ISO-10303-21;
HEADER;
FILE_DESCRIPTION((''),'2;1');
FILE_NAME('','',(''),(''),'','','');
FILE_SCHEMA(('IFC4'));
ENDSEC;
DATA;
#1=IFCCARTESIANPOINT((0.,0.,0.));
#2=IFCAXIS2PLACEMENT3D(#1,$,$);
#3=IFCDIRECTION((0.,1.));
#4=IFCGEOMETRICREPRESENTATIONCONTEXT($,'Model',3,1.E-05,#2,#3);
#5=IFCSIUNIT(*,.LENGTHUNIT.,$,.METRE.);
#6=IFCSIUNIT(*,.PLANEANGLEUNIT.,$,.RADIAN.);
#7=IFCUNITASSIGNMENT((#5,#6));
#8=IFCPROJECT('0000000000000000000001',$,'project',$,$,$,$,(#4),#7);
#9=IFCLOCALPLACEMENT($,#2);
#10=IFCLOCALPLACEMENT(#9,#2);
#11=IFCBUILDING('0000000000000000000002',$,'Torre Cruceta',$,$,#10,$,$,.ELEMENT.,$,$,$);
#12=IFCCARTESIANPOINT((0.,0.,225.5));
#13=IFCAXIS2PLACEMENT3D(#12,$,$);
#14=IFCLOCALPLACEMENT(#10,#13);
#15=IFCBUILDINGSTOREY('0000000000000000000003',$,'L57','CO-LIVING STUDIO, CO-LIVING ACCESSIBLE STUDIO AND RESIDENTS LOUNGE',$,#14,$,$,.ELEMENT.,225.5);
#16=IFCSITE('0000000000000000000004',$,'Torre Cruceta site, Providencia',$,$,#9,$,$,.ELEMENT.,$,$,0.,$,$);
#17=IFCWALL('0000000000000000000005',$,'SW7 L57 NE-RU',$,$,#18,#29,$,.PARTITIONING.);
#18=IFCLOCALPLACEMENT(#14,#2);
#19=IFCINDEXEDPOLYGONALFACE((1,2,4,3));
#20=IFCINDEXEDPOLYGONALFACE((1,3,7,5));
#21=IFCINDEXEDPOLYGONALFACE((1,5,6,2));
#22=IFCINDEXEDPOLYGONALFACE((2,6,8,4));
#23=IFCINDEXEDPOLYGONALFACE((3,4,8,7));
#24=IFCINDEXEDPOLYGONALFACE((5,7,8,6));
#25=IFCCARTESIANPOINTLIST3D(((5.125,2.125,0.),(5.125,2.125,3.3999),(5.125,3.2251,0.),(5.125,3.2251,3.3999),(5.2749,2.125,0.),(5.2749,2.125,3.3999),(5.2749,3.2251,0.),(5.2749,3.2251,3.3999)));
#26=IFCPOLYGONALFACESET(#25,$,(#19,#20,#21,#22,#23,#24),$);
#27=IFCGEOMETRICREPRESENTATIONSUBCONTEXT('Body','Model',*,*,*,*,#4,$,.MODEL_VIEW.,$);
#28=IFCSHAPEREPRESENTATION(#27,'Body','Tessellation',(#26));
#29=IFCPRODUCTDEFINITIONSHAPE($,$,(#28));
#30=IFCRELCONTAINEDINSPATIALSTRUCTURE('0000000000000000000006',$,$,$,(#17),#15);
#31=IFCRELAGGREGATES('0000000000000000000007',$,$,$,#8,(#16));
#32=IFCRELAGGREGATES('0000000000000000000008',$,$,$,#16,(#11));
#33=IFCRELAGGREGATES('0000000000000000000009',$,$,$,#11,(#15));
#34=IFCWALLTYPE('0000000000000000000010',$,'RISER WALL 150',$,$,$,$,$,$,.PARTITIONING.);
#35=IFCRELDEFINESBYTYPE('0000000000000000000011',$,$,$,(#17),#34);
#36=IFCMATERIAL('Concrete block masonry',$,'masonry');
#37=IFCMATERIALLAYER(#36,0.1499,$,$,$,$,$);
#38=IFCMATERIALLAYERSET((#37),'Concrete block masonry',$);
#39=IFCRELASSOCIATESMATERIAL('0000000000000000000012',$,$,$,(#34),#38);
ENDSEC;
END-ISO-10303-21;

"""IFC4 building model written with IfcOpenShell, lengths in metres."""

from ifc_helpers import new_model, si_unit, direction, frame, frame_2d, origin, place, context, subcontext, project, spatial, rectangle, extrude, material, layer, layer_set, type_object, element, save


model = new_model("IFC4")

# Units and contexts
model_context = context("Model", 3, precision=1e-05, world=origin(), true_north=direction((0.0, 1.0)))
body_context = subcontext(model_context, "Body", "Model", "MODEL_VIEW")
ifc_project = project(units=[si_unit("LENGTHUNIT", "METRE"), si_unit("PLANEANGLEUNIT", "RADIAN")], contexts=[model_context])

# Site, building, storey
site_placement = place(None, origin())
site = spatial("IfcSite", under=ifc_project, at=site_placement, Name="Torre Cruceta site, Providencia", CompositionType="ELEMENT", RefElevation=0.0)
building_placement = place(site_placement, origin())
building = spatial("IfcBuilding", under=site, at=building_placement, Name="Torre Cruceta", CompositionType="ELEMENT")
storey_placement = place(building_placement, frame((0.0, 0.0, 225.5)))
storey = spatial("IfcBuildingStorey", under=building, at=storey_placement, Name="L57", Description="CO-LIVING STUDIO, CO-LIVING ACCESSIBLE STUDIO AND RESIDENTS LOUNGE", CompositionType="ELEMENT", Elevation=225.5)

# Shared definitions
ifc_material_1 = material(Name="Concrete block masonry", Category="masonry")
ifc_layer_1 = layer(ifc_material_1, 0.1499)
ifc_layer_set_1 = layer_set([ifc_layer_1], Name="Concrete block masonry")
wall_type_1 = type_object("IfcWallType", Name="RISER WALL 150", PredefinedType="PARTITIONING", material=ifc_layer_set_1)

# Wall
wall_1_placement = place(storey_placement, frame((5.2, 2.125, 0.0), z_axis=(0.0, 0.0, 1.0), x_axis=(0.0, 1.0, 0.0)))
element("IfcWall", 1, at=wall_1_placement, inside=storey, type_object=wall_type_1, Name="SW7 L57 NE-RU", PredefinedType="PARTITIONING", context=body_context, shape_type="SweptSolid", body=[
    extrude(rectangle(XDim=1.1001, YDim=0.1499, at=frame_2d((0.55, 0.0))), origin(), (0.0, 0.0, 1.0), 3.3999),
])

save(model, "model.ifc")
